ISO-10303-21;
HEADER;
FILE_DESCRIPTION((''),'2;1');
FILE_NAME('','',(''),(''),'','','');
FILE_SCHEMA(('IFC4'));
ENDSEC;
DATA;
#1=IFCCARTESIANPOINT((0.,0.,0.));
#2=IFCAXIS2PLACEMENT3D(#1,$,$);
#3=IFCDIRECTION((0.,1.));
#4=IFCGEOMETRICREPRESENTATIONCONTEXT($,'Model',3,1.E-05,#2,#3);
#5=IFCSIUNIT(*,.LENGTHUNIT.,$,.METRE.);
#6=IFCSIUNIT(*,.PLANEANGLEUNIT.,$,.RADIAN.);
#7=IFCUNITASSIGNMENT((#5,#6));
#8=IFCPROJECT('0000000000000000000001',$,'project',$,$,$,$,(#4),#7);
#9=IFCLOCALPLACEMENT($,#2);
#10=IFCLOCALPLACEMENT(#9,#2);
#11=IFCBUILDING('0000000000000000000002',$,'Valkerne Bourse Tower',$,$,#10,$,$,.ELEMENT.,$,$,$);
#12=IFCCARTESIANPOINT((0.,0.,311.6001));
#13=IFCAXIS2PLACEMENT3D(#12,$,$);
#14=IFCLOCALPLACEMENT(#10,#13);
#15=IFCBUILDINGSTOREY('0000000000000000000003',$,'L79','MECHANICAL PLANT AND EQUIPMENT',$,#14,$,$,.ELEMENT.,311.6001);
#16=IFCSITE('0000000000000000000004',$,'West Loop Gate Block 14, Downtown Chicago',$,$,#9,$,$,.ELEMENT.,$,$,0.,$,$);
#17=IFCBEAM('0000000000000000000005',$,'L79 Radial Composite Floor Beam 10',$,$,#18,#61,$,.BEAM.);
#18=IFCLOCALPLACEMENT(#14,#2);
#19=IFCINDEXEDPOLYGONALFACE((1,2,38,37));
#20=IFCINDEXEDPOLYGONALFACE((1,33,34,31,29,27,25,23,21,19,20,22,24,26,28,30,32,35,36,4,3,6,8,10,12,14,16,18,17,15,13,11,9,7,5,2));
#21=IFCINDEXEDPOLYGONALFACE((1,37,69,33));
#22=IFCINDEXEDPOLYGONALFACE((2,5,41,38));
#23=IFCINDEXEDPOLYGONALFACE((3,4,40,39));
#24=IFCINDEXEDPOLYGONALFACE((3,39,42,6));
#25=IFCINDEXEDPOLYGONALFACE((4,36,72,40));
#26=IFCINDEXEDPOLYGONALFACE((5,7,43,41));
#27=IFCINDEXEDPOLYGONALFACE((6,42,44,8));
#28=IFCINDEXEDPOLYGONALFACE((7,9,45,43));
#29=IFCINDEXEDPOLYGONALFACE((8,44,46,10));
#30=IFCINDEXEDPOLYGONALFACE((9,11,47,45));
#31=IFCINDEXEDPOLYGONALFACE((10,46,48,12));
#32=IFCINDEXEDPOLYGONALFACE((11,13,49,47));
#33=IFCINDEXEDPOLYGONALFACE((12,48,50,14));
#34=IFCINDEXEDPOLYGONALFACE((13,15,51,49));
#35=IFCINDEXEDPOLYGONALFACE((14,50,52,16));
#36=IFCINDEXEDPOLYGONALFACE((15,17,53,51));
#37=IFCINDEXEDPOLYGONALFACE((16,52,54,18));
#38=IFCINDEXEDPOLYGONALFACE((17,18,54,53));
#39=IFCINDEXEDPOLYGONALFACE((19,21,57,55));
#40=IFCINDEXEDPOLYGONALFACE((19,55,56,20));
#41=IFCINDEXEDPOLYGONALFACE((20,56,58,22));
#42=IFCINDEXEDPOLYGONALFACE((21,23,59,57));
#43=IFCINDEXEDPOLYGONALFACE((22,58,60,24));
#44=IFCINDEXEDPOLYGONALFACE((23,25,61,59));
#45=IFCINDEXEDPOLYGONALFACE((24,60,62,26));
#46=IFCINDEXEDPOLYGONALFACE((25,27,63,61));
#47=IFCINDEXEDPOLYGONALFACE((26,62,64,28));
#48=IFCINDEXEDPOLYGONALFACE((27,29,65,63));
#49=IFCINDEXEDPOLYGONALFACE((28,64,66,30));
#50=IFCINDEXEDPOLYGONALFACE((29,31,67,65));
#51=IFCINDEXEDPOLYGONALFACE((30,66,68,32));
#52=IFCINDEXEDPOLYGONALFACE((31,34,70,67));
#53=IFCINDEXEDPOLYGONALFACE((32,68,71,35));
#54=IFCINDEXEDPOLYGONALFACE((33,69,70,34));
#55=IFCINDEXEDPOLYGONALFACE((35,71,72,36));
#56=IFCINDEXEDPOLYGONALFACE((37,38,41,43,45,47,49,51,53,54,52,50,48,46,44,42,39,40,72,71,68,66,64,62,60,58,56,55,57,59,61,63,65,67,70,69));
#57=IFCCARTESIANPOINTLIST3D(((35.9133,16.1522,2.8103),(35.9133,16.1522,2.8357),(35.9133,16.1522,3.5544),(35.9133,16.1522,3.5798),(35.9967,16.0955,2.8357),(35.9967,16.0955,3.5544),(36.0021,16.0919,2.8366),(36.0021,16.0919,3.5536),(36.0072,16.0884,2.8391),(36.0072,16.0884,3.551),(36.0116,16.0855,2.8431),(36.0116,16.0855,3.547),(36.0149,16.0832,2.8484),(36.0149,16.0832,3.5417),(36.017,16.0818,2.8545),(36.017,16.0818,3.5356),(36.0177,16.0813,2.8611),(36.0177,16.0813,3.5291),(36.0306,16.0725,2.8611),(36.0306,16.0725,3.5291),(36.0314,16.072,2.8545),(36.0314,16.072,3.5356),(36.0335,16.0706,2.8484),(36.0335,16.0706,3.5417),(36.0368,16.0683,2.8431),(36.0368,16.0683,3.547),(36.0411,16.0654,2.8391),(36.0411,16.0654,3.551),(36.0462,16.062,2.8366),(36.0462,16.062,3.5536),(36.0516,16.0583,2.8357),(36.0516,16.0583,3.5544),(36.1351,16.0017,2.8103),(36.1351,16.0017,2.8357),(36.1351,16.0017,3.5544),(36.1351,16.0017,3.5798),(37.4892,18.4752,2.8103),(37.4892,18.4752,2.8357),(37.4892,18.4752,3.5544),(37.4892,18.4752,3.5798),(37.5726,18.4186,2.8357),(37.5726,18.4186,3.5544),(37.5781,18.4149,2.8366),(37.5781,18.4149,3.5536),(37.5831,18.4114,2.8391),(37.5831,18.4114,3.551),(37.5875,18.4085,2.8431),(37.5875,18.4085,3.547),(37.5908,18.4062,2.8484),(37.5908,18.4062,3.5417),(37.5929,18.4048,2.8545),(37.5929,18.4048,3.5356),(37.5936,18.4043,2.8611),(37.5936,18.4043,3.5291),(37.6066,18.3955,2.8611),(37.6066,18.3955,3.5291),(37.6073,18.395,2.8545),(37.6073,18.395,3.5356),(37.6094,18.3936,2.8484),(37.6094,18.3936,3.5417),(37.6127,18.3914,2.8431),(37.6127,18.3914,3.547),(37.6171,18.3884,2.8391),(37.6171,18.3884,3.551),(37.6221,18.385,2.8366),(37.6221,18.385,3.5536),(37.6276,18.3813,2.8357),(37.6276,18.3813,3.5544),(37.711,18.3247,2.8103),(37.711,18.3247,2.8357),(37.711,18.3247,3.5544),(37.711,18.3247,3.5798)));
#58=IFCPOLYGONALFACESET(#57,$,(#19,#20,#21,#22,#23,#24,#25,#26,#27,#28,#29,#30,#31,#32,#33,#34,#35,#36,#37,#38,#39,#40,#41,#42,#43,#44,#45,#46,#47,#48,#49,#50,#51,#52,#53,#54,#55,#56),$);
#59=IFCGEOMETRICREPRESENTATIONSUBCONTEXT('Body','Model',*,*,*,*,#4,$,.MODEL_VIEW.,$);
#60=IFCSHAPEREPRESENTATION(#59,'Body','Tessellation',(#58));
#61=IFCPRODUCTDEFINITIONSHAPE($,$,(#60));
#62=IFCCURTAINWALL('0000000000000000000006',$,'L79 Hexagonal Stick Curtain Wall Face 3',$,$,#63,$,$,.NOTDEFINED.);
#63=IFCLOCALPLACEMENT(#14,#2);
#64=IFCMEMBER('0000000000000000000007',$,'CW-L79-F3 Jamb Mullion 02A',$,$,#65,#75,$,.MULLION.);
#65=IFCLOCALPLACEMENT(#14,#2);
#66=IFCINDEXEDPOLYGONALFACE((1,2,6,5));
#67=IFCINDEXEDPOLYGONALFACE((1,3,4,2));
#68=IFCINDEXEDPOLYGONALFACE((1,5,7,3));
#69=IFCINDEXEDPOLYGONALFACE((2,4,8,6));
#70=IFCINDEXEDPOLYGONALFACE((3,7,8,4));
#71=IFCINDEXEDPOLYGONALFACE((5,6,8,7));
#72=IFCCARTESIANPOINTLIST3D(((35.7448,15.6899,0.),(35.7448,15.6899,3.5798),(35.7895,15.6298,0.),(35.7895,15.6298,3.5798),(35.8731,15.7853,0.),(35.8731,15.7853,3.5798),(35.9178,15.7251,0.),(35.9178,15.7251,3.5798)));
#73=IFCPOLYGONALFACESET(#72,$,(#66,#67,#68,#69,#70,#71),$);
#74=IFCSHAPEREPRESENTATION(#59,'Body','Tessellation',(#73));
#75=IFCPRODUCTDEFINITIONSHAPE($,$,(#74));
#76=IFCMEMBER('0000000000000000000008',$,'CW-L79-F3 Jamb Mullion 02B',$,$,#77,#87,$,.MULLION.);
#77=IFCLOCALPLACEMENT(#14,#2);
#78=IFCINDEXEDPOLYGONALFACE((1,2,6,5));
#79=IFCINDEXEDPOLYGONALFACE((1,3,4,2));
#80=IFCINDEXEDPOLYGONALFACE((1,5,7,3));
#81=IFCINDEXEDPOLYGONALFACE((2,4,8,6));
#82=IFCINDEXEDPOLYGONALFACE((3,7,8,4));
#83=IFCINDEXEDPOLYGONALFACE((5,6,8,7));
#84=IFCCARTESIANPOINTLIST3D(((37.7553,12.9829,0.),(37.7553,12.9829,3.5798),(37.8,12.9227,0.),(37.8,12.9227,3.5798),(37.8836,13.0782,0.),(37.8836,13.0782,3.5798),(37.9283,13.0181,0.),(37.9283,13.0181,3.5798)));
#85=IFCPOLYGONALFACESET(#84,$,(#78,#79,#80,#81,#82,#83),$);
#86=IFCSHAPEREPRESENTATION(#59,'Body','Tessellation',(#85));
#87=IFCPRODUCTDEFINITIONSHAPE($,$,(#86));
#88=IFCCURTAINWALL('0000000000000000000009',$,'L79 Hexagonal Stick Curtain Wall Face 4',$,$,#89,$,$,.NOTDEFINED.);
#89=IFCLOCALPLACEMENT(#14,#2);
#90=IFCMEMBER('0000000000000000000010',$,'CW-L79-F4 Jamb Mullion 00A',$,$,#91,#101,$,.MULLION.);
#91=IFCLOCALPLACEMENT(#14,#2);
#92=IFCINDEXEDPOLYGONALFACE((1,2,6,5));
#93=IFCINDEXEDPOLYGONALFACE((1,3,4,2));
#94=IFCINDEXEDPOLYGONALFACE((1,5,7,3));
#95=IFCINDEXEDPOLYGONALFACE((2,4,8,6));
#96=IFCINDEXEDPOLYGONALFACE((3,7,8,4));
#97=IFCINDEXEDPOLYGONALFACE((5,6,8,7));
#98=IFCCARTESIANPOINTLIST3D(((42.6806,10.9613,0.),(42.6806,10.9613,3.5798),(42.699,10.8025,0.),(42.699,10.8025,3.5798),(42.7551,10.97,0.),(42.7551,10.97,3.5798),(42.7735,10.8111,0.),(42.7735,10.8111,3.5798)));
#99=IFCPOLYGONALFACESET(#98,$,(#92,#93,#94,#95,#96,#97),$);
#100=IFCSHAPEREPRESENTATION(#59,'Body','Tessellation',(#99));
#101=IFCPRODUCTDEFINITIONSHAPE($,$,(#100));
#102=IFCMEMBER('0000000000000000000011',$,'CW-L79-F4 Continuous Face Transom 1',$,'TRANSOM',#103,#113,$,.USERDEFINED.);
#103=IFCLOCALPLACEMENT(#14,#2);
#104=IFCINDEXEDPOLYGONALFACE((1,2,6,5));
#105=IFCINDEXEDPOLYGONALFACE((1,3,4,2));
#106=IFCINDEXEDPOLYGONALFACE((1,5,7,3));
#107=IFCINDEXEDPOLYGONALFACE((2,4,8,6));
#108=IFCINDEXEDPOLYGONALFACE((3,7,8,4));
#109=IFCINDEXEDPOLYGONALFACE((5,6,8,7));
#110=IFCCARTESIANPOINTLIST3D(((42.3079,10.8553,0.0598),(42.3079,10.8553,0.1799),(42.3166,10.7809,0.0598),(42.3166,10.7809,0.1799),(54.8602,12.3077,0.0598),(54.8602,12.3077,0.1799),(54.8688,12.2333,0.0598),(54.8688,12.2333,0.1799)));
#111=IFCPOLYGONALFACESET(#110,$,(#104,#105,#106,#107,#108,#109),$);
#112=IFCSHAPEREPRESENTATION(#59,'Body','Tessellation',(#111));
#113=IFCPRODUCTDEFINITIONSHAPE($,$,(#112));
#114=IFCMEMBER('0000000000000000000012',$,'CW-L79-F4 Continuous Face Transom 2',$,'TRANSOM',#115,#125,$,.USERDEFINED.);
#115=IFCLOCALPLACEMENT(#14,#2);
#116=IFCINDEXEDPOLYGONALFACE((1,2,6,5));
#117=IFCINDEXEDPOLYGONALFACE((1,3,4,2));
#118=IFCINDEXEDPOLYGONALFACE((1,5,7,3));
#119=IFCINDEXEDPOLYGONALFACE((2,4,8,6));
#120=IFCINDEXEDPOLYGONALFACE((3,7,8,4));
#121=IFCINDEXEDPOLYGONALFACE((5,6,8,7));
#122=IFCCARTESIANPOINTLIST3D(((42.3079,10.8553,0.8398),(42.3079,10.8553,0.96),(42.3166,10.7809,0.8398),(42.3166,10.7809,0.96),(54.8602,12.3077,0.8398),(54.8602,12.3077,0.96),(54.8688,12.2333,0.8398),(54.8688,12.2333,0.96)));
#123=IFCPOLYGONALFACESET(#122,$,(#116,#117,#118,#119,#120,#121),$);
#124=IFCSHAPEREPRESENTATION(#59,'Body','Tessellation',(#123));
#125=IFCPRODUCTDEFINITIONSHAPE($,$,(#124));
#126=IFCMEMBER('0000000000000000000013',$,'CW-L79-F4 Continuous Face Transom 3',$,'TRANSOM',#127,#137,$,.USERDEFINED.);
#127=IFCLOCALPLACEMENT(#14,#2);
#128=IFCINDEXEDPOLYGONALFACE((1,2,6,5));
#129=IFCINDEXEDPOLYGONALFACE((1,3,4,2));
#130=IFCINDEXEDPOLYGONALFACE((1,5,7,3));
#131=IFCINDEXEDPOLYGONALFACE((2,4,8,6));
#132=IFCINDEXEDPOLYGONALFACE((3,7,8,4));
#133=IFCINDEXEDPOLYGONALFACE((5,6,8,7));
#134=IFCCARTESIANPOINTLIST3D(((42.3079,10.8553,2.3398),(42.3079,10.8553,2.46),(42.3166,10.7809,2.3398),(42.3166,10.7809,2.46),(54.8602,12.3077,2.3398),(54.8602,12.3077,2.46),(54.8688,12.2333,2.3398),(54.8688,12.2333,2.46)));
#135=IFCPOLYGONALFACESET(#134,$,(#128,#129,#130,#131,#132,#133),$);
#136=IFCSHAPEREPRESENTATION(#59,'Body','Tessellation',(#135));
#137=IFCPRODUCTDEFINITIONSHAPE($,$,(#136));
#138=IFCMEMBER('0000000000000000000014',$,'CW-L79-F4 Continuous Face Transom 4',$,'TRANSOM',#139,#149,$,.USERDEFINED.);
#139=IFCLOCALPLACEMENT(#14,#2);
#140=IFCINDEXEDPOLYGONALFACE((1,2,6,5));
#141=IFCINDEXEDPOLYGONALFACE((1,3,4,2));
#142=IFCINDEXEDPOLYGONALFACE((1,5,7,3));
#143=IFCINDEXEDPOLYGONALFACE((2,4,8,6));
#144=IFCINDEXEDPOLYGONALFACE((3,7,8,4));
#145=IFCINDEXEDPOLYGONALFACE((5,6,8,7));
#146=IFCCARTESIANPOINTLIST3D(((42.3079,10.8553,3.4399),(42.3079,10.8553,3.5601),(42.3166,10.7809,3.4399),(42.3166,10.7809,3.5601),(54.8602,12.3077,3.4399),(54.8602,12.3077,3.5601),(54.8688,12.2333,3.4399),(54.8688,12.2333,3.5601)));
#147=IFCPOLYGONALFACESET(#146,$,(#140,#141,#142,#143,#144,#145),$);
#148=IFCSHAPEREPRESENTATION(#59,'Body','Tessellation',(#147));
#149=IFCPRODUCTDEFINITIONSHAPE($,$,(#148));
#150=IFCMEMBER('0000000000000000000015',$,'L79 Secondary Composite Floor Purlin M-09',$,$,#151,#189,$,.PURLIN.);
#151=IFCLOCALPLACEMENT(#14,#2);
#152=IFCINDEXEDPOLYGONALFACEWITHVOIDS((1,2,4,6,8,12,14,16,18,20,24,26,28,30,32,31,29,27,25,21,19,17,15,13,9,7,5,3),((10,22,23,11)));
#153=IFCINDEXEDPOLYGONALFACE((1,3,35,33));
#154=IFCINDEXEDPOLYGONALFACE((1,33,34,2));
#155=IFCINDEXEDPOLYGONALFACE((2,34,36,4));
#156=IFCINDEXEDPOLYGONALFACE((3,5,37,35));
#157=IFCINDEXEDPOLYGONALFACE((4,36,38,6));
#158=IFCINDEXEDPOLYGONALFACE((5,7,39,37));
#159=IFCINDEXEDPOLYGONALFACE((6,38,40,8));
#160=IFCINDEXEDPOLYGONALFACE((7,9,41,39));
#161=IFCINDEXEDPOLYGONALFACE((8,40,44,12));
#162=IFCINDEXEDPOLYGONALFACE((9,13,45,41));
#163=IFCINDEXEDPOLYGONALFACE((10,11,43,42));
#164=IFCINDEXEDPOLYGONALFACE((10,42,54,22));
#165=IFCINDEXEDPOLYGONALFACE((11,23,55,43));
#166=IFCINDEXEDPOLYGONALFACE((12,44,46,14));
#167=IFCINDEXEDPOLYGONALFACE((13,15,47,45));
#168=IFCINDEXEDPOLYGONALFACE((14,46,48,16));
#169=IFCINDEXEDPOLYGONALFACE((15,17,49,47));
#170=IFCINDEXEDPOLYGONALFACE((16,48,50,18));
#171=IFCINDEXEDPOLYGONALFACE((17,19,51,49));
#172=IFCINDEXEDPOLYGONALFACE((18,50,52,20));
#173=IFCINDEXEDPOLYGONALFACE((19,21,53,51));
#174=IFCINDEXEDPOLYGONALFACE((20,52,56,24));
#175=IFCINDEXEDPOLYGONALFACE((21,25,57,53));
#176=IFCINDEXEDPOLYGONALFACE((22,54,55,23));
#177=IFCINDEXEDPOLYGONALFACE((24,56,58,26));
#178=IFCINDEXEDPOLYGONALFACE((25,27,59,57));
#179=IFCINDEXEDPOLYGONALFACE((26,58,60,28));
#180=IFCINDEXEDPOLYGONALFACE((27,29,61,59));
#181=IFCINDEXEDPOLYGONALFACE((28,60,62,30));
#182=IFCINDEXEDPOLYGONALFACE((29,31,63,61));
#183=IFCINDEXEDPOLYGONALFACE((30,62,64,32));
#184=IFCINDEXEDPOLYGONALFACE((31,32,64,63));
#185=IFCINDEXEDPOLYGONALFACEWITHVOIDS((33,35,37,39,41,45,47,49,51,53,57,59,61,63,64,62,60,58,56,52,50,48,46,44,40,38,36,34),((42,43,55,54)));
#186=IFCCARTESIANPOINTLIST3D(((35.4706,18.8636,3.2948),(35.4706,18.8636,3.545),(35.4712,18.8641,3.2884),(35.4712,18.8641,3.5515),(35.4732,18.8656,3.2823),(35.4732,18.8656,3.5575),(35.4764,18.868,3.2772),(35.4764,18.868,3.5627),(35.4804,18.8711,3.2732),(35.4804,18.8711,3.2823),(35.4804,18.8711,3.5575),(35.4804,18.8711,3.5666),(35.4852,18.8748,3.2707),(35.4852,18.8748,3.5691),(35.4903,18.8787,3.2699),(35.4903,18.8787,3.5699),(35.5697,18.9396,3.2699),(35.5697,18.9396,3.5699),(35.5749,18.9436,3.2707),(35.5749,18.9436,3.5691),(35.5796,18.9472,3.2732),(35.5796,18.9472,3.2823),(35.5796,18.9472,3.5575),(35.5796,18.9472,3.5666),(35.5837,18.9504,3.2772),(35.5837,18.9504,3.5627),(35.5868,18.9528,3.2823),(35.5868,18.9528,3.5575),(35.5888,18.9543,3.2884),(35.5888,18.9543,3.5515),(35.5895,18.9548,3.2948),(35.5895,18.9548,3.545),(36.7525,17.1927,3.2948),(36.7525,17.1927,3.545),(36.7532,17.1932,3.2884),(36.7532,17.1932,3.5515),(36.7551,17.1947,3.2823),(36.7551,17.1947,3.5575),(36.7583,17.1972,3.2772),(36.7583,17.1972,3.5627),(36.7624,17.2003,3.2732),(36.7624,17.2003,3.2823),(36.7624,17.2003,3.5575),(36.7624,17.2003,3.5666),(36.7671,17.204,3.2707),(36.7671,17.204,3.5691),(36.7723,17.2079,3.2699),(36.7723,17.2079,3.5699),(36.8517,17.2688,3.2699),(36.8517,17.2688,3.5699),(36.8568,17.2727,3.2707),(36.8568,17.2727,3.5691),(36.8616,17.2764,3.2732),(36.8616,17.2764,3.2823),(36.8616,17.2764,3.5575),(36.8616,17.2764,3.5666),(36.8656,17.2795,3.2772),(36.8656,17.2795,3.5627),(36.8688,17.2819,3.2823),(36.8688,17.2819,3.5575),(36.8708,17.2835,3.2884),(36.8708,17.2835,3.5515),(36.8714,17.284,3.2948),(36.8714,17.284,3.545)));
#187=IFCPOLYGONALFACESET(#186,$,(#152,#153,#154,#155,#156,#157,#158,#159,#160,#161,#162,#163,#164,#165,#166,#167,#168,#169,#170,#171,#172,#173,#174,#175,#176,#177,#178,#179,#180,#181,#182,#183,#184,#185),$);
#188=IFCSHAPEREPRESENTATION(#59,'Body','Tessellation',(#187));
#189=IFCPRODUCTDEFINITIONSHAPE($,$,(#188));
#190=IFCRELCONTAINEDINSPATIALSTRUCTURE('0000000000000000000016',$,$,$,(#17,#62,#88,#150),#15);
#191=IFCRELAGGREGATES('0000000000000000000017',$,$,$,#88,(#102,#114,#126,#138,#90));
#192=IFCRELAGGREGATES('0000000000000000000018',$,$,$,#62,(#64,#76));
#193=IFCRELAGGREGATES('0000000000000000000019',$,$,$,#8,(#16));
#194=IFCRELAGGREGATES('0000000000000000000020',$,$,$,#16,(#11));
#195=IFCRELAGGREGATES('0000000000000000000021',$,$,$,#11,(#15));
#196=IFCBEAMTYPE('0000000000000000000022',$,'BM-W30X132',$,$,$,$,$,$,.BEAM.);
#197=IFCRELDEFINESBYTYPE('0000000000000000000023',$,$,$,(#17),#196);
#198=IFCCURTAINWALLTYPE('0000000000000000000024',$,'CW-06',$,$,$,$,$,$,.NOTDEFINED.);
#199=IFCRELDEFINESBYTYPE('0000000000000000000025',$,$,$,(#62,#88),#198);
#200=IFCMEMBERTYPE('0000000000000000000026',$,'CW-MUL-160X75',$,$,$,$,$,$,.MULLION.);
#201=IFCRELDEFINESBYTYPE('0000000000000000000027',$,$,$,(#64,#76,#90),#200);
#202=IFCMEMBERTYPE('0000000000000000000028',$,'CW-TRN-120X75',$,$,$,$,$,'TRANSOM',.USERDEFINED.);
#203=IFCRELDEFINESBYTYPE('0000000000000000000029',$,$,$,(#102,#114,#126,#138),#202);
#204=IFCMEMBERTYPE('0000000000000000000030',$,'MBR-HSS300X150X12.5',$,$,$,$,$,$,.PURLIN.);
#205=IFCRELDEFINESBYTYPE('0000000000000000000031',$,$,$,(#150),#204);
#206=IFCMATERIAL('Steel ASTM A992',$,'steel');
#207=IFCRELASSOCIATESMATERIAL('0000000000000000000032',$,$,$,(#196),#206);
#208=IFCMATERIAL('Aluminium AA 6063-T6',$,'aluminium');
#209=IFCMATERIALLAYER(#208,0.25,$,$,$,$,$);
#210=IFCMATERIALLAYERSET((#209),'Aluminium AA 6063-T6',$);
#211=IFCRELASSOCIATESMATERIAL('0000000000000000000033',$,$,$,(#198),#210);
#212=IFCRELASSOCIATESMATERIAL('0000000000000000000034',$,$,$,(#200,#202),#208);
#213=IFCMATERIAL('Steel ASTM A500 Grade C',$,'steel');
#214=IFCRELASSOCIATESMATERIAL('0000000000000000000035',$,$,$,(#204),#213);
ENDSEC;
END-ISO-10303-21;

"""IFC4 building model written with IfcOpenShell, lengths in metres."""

from ifc_helpers import new_model, si_unit, direction, frame, origin, origin_2d, place, context, subcontext, project, spatial, rectangle, hollow_rectangle, i_section, extrude, material, layer, layer_set, material_profile, profile_set, type_object, element, aggregate, save


model = new_model("IFC4")

# Units and contexts
model_context = context("Model", 3, precision=1e-05, world=origin(), true_north=direction((0.0, 1.0)))
body_context = subcontext(model_context, "Body", "Model", "MODEL_VIEW")
ifc_project = project(units=[si_unit("LENGTHUNIT", "METRE"), si_unit("PLANEANGLEUNIT", "RADIAN")], contexts=[model_context])

# Site, building, storey
site_placement = place(None, origin())
site = spatial("IfcSite", under=ifc_project, at=site_placement, Name="West Loop Gate Block 14, Downtown Chicago", CompositionType="ELEMENT", RefElevation=0.0)
building_placement = place(site_placement, origin())
building = spatial("IfcBuilding", under=site, at=building_placement, Name="Valkerne Bourse Tower", CompositionType="ELEMENT")
storey_placement = place(building_placement, frame((0.0, 0.0, 311.6001)))
storey = spatial("IfcBuildingStorey", under=building, at=storey_placement, Name="L79", Description="MECHANICAL PLANT AND EQUIPMENT", CompositionType="ELEMENT", Elevation=311.6001)

# Shared definitions
ifc_material_1 = material(Name="Steel ASTM A500 Grade C", Category="steel")

# Beam
ifc_material_2 = material(Name="Steel ASTM A992", Category="steel")
ifc_material_profile_1 = material_profile(ifc_material_2, i_section(OverallWidth=0.2681, OverallDepth=0.7695, WebThickness=0.0156, FlangeThickness=0.0254, FilletRadius=0.0254, at=origin_2d()), Name="W30X132")
ifc_profile_set_1 = profile_set([ifc_material_profile_1], Name="Steel ASTM A992")
beam_type_1 = type_object("IfcBeamType", Name="BM-W30X132", PredefinedType="BEAM", material=ifc_profile_set_1)
beam_1_placement = place(storey_placement, frame((36.0242, 16.0769, 3.1951), z_axis=(0.561406, 0.827541, 0.0), x_axis=(-0.827541, 0.561406, 0.0)))
element("IfcBeam", 1, at=beam_1_placement, inside=storey, type_object=beam_type_1, Name="L79 Radial Composite Floor Beam 10", PredefinedType="BEAM", context=body_context, shape_type="SweptSolid", body=[
    extrude(i_section(OverallWidth=0.2681, OverallDepth=0.7695, WebThickness=0.0156, FlangeThickness=0.0254, FilletRadius=0.0254, at=origin_2d()), origin(), (0.0, 0.0, 1.0), 2.8071),
])

# Curtain walls, members
ifc_material_3 = material(Name="Aluminium AA 6063-T6", Category="aluminium")
ifc_layer_1 = layer(ifc_material_3, 0.25)
ifc_layer_set_1 = layer_set([ifc_layer_1], Name="Aluminium AA 6063-T6")
curtain_wall_type = type_object("IfcCurtainWallType", Name="CW-06", PredefinedType="NOTDEFINED", material=ifc_layer_set_1)
curtain_wall_1_placement = place(storey_placement, origin())
curtain_wall_1 = element("IfcCurtainWall", 2, at=curtain_wall_1_placement, inside=storey, type_object=curtain_wall_type, Name="L79 Hexagonal Stick Curtain Wall Face 3", PredefinedType="NOTDEFINED")
ifc_material_profile_2 = material_profile(ifc_material_3, rectangle(XDim=0.075, YDim=0.1599, at=origin_2d()), Name="CWM-75X160")
ifc_profile_set_2 = profile_set([ifc_material_profile_2], Name="Aluminium AA 6063-T6")
member_type_1 = type_object("IfcMemberType", Name="CW-MUL-160X75", PredefinedType="MULLION", material=ifc_profile_set_2)
member_1_placement = place(storey_placement, frame((35.8313, 15.7075, 0.0), z_axis=(0.0, 0.0, 1.0), x_axis=(0.596221, -0.80282, 0.0)))
member_1 = element("IfcMember", 3, at=member_1_placement, type_object=member_type_1, Name="CW-L79-F3 Jamb Mullion 02A", PredefinedType="MULLION", context=body_context, shape_type="SweptSolid", body=[
    extrude(rectangle(XDim=0.075, YDim=0.1599, at=origin_2d()), origin(), (0.0, 0.0, 1.0), 3.5798),
])
member_2_placement = place(storey_placement, frame((37.8418, 13.0005, 0.0), z_axis=(0.0, 0.0, 1.0), x_axis=(0.596221, -0.80282, 0.0)))
member_2 = element("IfcMember", 4, at=member_2_placement, type_object=member_type_1, Name="CW-L79-F3 Jamb Mullion 02B", PredefinedType="MULLION", context=body_context, shape_type="SweptSolid", body=[
    extrude(rectangle(XDim=0.075, YDim=0.1599, at=origin_2d()), origin(), (0.0, 0.0, 1.0), 3.5798),
])
curtain_wall_2_placement = place(storey_placement, origin())
curtain_wall_2 = element("IfcCurtainWall", 5, at=curtain_wall_2_placement, inside=storey, type_object=curtain_wall_type, Name="L79 Hexagonal Stick Curtain Wall Face 4", PredefinedType="NOTDEFINED")
member_3_placement = place(storey_placement, frame((42.7271, 10.8862, 0.0), z_axis=(0.0, 0.0, 1.0), x_axis=(0.993373, 0.114933, 0.0)))
member_3 = element("IfcMember", 6, at=member_3_placement, type_object=member_type_1, Name="CW-L79-F4 Jamb Mullion 00A", PredefinedType="MULLION", context=body_context, shape_type="SweptSolid", body=[
    extrude(rectangle(XDim=0.075, YDim=0.1599, at=origin_2d()), origin(), (0.0, 0.0, 1.0), 3.5798),
])
ifc_material_profile_3 = material_profile(ifc_material_3, rectangle(XDim=0.075, YDim=0.1201, at=origin_2d()), Name="CWT-75X120")
ifc_profile_set_3 = profile_set([ifc_material_profile_3], Name="Aluminium AA 6063-T6")
member_type_2 = type_object("IfcMemberType", Name="CW-TRN-120X75", ElementType="TRANSOM", PredefinedType="USERDEFINED", material=ifc_profile_set_3)
member_4_placement = place(storey_placement, frame((42.3123, 10.8181, 0.1199), z_axis=(0.993372, 0.114941, 0.0), x_axis=(-0.114941, 0.993372, 0.0)))
member_4 = element("IfcMember", 7, at=member_4_placement, type_object=member_type_2, Name="CW-L79-F4 Continuous Face Transom 1", ObjectType="TRANSOM", PredefinedType="USERDEFINED", context=body_context, shape_type="SweptSolid", body=[
    extrude(rectangle(XDim=0.075, YDim=0.1201, at=origin_2d()), origin(), (0.0, 0.0, 1.0), 12.636),
])
member_5_placement = place(storey_placement, frame((42.3123, 10.8181, 0.8999), z_axis=(0.993372, 0.114941, 0.0), x_axis=(-0.114941, 0.993372, 0.0)))
member_5 = element("IfcMember", 8, at=member_5_placement, type_object=member_type_2, Name="CW-L79-F4 Continuous Face Transom 2", ObjectType="TRANSOM", PredefinedType="USERDEFINED", context=body_context, shape_type="SweptSolid", body=[
    extrude(rectangle(XDim=0.075, YDim=0.1201, at=origin_2d()), origin(), (0.0, 0.0, 1.0), 12.636),
])
member_6_placement = place(storey_placement, frame((42.3123, 10.8181, 2.3999), z_axis=(0.993372, 0.114941, 0.0), x_axis=(-0.114941, 0.993372, 0.0)))
member_6 = element("IfcMember", 9, at=member_6_placement, type_object=member_type_2, Name="CW-L79-F4 Continuous Face Transom 3", ObjectType="TRANSOM", PredefinedType="USERDEFINED", context=body_context, shape_type="SweptSolid", body=[
    extrude(rectangle(XDim=0.075, YDim=0.1201, at=origin_2d()), origin(), (0.0, 0.0, 1.0), 12.636),
])
member_7_placement = place(storey_placement, frame((42.3123, 10.8181, 3.5), z_axis=(0.993372, 0.114941, 0.0), x_axis=(-0.114941, 0.993372, 0.0)))
member_7 = element("IfcMember", 10, at=member_7_placement, type_object=member_type_2, Name="CW-L79-F4 Continuous Face Transom 4", ObjectType="TRANSOM", PredefinedType="USERDEFINED", context=body_context, shape_type="SweptSolid", body=[
    extrude(rectangle(XDim=0.075, YDim=0.1201, at=origin_2d()), origin(), (0.0, 0.0, 1.0), 12.636),
])
aggregate(curtain_wall_2, [member_4, member_5, member_6, member_7, member_3])

# Member
ifc_material_profile_4 = material_profile(ifc_material_1, hollow_rectangle(XDim=0.1499, YDim=0.3, WallThickness=0.0125, OuterFilletRadius=0.0249, at=origin_2d()), Name="HSS300X150X12.5")
ifc_profile_set_4 = profile_set([ifc_material_profile_4], Name="Steel ASTM A500 Grade C")
member_type_3 = type_object("IfcMemberType", Name="MBR-HSS300X150X12.5", PredefinedType="PURLIN", material=ifc_profile_set_4)
for number, where, z_axis, x_axis, name in (
    (11, (35.53, 18.9092, 3.4199), (0.608719, -0.793386, 0.0), (0.793386, 0.608719, 0.0), "L79 Secondary Composite Floor Purlin M-09"),
):
    element("IfcMember", number, at=place(storey_placement, frame(where, z_axis=z_axis, x_axis=x_axis)), inside=storey, type_object=member_type_3, Name=name, PredefinedType="PURLIN", context=body_context, shape_type="SweptSolid", body=[
        extrude(hollow_rectangle(XDim=0.1499, YDim=0.3, WallThickness=0.0125, OuterFilletRadius=0.0249, at=origin_2d()), origin(), (0.0, 0.0, 1.0), 2.106),
    ])

aggregate(curtain_wall_1, [member_1, member_2])

save(model, "model.ifc")
